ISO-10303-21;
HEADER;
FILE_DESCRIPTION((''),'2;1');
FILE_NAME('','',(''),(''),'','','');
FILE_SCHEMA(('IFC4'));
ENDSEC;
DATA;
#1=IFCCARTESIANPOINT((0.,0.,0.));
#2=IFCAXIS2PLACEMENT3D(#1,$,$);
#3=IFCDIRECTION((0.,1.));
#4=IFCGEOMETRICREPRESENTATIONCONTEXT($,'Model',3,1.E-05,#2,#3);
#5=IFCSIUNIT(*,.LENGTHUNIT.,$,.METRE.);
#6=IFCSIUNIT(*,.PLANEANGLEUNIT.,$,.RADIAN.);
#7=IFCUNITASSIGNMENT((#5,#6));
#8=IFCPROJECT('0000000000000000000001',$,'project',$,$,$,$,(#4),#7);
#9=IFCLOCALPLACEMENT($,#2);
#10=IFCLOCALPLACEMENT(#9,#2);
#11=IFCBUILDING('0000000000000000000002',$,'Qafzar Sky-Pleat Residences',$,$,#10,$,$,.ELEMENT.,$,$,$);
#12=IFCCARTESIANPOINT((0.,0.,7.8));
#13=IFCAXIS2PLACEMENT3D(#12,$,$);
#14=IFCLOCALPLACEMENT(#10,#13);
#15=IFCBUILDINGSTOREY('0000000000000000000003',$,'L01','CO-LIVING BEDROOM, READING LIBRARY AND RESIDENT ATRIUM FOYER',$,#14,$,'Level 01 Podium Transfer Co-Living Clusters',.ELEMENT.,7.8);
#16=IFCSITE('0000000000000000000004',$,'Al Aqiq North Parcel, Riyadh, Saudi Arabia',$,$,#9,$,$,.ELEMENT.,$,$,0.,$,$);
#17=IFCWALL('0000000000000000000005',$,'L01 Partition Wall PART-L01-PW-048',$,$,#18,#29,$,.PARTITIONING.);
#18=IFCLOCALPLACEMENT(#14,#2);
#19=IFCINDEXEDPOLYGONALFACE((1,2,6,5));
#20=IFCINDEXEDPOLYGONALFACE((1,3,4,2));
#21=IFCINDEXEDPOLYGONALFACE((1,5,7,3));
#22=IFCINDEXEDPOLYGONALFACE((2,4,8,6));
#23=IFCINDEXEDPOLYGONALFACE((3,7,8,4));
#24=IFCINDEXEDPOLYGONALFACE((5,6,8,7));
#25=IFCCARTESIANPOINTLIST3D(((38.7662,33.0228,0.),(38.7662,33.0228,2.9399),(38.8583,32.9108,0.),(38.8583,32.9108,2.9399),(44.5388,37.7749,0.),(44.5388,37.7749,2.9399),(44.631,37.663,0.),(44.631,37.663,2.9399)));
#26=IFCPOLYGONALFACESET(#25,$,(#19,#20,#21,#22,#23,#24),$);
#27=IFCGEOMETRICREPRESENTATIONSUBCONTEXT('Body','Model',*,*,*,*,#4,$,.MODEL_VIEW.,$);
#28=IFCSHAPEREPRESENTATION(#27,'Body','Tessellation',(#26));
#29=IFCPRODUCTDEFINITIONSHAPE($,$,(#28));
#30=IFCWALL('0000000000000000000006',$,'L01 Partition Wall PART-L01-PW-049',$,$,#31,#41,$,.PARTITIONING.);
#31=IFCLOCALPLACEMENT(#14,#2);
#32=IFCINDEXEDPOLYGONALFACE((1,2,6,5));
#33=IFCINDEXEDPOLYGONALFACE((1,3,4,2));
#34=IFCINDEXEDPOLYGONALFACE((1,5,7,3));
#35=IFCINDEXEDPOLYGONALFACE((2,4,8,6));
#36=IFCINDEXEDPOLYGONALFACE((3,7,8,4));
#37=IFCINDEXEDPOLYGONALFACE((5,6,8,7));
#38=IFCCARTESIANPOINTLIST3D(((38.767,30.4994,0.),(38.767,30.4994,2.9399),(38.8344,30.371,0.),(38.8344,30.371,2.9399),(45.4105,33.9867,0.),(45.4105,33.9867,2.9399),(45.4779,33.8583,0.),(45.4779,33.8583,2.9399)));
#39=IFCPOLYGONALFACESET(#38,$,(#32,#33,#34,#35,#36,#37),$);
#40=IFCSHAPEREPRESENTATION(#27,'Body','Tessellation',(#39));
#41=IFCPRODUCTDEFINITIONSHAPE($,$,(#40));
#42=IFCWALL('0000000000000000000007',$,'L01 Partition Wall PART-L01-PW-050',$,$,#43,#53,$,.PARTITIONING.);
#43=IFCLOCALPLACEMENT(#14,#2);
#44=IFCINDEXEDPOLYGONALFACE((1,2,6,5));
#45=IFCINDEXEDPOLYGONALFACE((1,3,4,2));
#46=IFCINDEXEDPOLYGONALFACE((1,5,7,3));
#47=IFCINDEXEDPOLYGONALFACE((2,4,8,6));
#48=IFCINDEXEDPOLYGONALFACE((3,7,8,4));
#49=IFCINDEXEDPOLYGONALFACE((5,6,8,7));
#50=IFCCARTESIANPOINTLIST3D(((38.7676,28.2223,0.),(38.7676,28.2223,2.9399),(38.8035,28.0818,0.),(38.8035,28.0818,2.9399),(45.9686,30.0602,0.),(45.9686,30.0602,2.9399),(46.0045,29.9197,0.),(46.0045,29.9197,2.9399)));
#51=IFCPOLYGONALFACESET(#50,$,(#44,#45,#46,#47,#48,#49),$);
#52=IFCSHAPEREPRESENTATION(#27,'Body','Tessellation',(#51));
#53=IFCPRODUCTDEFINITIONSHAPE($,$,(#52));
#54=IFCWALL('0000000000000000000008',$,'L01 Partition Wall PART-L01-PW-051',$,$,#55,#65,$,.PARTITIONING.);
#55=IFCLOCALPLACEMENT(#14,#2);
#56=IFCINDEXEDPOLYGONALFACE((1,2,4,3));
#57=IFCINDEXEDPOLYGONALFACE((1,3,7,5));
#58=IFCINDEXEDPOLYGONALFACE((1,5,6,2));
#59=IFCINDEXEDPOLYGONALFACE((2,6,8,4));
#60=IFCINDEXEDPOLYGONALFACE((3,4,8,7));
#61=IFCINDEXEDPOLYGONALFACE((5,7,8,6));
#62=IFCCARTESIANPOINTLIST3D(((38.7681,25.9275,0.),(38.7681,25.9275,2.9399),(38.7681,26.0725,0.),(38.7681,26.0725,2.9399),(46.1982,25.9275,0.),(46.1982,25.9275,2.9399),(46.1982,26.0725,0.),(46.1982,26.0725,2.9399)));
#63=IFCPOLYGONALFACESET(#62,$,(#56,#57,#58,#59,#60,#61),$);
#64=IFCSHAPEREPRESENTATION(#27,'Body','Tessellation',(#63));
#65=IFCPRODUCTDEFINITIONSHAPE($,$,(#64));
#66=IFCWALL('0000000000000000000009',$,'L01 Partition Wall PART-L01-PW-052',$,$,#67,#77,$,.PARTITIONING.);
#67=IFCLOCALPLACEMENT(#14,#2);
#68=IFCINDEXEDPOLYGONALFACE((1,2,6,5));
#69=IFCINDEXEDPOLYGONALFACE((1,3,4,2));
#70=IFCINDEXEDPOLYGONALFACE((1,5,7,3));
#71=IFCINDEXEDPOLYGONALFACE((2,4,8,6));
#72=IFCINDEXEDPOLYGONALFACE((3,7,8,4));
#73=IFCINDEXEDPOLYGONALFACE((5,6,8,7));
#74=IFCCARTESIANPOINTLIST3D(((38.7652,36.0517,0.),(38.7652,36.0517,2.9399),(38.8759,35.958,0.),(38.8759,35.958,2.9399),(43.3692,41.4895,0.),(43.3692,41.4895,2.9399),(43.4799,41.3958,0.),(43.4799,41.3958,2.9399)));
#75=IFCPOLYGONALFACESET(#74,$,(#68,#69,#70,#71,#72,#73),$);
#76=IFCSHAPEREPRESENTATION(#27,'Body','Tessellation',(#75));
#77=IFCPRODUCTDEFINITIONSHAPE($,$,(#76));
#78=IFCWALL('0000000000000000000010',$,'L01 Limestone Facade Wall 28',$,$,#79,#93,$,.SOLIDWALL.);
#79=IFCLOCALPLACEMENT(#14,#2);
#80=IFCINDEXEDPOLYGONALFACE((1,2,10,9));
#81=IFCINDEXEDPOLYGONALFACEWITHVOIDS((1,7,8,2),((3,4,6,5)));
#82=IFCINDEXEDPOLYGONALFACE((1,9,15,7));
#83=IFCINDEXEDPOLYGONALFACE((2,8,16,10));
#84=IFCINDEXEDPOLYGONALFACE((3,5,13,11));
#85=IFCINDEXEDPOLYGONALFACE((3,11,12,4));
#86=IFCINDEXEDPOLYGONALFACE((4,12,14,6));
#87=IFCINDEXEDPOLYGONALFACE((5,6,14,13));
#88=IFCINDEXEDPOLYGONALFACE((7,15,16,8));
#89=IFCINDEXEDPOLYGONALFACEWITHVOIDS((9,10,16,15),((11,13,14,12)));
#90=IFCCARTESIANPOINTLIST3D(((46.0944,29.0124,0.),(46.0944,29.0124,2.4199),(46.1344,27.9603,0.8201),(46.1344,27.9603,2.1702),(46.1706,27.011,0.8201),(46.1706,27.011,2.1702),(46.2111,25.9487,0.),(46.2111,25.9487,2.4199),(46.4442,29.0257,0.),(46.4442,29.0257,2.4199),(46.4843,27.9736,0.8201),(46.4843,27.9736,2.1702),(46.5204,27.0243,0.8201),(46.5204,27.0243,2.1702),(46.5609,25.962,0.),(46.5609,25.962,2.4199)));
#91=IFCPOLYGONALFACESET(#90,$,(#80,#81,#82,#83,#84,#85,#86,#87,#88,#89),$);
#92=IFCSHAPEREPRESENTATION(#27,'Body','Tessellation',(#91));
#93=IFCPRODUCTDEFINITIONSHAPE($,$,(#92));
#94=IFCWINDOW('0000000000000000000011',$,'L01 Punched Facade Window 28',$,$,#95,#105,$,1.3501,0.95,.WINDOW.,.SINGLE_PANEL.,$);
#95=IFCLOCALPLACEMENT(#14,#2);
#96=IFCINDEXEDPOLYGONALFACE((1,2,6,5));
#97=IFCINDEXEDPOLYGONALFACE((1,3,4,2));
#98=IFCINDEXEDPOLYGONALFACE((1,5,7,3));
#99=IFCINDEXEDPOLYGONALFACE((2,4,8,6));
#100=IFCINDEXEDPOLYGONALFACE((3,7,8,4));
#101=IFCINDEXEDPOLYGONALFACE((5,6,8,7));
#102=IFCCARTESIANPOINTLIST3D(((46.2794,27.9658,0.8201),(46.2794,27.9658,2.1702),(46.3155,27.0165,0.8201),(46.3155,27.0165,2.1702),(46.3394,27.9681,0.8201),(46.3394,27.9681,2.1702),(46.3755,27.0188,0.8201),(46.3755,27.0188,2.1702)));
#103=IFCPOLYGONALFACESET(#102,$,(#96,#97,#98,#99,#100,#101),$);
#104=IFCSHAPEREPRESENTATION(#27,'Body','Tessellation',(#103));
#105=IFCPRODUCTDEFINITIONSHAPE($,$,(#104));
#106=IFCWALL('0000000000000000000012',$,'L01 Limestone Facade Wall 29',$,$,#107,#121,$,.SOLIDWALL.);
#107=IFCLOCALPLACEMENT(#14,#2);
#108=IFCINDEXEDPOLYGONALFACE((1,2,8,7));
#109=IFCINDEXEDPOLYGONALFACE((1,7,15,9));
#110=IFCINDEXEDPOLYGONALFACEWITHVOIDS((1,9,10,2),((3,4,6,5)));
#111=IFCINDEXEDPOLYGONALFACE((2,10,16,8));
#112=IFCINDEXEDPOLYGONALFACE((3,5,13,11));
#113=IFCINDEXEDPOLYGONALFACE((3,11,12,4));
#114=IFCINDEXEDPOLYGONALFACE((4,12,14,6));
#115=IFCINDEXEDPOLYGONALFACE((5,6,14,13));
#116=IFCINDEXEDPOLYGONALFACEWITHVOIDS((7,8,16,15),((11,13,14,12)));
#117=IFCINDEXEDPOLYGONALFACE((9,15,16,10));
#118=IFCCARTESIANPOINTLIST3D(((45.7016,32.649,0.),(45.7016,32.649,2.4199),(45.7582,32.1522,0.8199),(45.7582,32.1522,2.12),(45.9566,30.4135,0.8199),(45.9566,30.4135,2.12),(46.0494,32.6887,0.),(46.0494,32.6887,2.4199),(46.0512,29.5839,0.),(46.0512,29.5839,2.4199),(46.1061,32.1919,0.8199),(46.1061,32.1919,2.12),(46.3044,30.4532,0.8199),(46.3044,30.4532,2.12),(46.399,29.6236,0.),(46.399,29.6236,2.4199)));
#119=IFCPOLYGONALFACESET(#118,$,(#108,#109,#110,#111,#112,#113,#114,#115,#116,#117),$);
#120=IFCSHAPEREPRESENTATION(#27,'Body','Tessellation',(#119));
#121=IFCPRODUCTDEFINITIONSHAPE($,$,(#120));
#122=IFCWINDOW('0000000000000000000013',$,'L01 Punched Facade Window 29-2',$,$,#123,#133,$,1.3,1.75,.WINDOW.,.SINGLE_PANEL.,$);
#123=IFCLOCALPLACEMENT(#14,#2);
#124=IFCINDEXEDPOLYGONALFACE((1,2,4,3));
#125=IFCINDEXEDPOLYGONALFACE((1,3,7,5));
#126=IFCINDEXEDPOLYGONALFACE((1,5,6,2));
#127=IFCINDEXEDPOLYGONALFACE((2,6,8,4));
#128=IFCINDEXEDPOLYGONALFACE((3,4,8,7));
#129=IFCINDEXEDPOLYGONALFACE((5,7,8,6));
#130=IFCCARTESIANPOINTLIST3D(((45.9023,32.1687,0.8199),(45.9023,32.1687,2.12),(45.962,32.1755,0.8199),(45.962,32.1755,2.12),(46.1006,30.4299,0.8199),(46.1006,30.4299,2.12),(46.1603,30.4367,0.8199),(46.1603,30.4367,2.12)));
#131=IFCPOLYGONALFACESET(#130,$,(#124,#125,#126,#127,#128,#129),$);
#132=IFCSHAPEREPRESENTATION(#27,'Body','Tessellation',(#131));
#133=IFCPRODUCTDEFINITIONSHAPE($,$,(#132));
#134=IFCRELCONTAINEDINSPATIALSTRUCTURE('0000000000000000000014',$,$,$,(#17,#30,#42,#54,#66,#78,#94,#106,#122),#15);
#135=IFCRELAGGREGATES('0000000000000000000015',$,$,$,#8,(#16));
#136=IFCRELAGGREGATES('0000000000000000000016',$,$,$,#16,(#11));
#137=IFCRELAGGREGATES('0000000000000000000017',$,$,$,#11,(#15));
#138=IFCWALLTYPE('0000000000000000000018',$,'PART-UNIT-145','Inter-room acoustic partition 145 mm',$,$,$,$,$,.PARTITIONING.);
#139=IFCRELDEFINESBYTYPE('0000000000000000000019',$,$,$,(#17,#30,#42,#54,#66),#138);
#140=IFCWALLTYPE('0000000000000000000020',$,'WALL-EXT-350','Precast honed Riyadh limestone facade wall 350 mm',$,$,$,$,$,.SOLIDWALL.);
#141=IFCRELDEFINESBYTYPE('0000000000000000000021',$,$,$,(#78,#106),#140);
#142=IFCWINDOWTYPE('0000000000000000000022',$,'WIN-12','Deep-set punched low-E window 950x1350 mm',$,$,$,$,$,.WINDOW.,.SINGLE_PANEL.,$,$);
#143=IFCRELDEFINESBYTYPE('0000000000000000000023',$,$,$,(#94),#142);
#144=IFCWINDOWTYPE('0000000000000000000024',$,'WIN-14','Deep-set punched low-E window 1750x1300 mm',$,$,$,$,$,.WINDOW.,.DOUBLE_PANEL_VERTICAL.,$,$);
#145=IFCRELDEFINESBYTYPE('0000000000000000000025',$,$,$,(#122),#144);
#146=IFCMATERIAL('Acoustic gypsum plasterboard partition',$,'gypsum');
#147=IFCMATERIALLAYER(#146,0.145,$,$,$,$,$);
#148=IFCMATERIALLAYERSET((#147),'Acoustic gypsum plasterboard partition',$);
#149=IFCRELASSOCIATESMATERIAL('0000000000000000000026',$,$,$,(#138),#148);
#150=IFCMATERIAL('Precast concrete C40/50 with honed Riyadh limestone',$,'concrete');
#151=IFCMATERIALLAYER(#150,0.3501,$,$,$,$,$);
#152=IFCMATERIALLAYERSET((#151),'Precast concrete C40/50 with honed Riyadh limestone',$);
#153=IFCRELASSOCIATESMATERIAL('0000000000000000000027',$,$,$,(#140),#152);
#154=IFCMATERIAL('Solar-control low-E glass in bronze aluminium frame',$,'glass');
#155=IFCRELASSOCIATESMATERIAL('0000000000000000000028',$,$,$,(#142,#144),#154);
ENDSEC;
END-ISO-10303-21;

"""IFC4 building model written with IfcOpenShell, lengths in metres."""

from ifc_helpers import new_model, si_unit, direction, frame, frame_2d, origin, place, context, subcontext, project, spatial, rectangle, extrude, source, transform, mapped, material, layer, layer_set, type_object, element, fill, save


model = new_model("IFC4")

# Units and contexts
model_context = context("Model", 3, precision=1e-05, world=origin(), true_north=direction((0.0, 1.0)))
body_context = subcontext(model_context, "Body", "Model", "MODEL_VIEW")
ifc_project = project(units=[si_unit("LENGTHUNIT", "METRE"), si_unit("PLANEANGLEUNIT", "RADIAN")], contexts=[model_context])

# Site, building, storey
site_placement = place(None, origin())
site = spatial("IfcSite", under=ifc_project, at=site_placement, Name="Al Aqiq North Parcel, Riyadh, Saudi Arabia", CompositionType="ELEMENT", RefElevation=0.0)
building_placement = place(site_placement, origin())
building = spatial("IfcBuilding", under=site, at=building_placement, Name="Qafzar Sky-Pleat Residences", CompositionType="ELEMENT")
storey_placement = place(building_placement, frame((0.0, 0.0, 7.8)))
storey = spatial("IfcBuildingStorey", under=building, at=storey_placement, Name="L01", Description="CO-LIVING BEDROOM, READING LIBRARY AND RESIDENT ATRIUM FOYER", LongName="Level 01 Podium Transfer Co-Living Clusters", CompositionType="ELEMENT", Elevation=7.8)

# Shared definitions
ifc_material_1 = material(Name="Acoustic gypsum plasterboard partition", Category="gypsum")

# Walls
ifc_layer_1 = layer(ifc_material_1, 0.145)
ifc_layer_set_1 = layer_set([ifc_layer_1], Name="Acoustic gypsum plasterboard partition")
wall_type_1 = type_object("IfcWallType", Name="PART-UNIT-145", Description="Inter-room acoustic partition 145 mm", PredefinedType="PARTITIONING", material=ifc_layer_set_1)
wall_1_placement = place(storey_placement, frame((38.8123, 32.9668, 0.0), z_axis=(0.0, 0.0, 1.0), x_axis=(0.772048, 0.635564, 0.0)))
element("IfcWall", 1, at=wall_1_placement, inside=storey, type_object=wall_type_1, Name="L01 Partition Wall PART-L01-PW-048", PredefinedType="PARTITIONING", context=body_context, shape_type="SweptSolid", body=[
    extrude(rectangle(XDim=7.4771, YDim=0.145, at=frame_2d((3.7385, 0.0))), origin(), (0.0, 0.0, 1.0), 2.9399),
])
wall_2_placement = place(storey_placement, frame((38.8008, 30.4353, 0.0), z_axis=(0.0, 0.0, 1.0), x_axis=(0.885429, 0.464775, 0.0)))
element("IfcWall", 2, at=wall_2_placement, inside=storey, type_object=wall_type_1, Name="L01 Partition Wall PART-L01-PW-049", PredefinedType="PARTITIONING", context=body_context, shape_type="SweptSolid", body=[
    extrude(rectangle(XDim=7.5032, YDim=0.145, at=frame_2d((3.7515, 0.0))), origin(), (0.0, 0.0, 1.0), 2.9399),
])
wall_3_placement = place(storey_placement, frame((38.7856, 28.1521, 0.0), z_axis=(0.0, 0.0, 1.0), x_axis=(0.96894, 0.247294, 0.0)))
element("IfcWall", 3, at=wall_3_placement, inside=storey, type_object=wall_type_1, Name="L01 Partition Wall PART-L01-PW-050", PredefinedType="PARTITIONING", context=body_context, shape_type="SweptSolid", body=[
    extrude(rectangle(XDim=7.4319, YDim=0.145, at=frame_2d((3.7158, 0.0))), origin(), (0.0, 0.0, 1.0), 2.9399),
])
wall_4_placement = place(storey_placement, frame((38.7681, 26.0, 0.0), z_axis=(0.0, 0.0, 1.0), x_axis=(1.0, 0.0, 0.0)))
element("IfcWall", 4, at=wall_4_placement, inside=storey, type_object=wall_type_1, Name="L01 Partition Wall PART-L01-PW-051", PredefinedType="PARTITIONING", context=body_context, shape_type="SweptSolid", body=[
    extrude(rectangle(XDim=7.4302, YDim=0.145, at=frame_2d((3.7151, 0.0))), origin(), (0.0, 0.0, 1.0), 2.9399),
])
wall_5_placement = place(storey_placement, frame((38.8206, 36.0049, 0.0), z_axis=(0.0, 0.0, 1.0), x_axis=(0.646174, 0.76319, 0.0)))
element("IfcWall", 5, at=wall_5_placement, inside=storey, type_object=wall_type_1, Name="L01 Partition Wall PART-L01-PW-052", PredefinedType="PARTITIONING", context=body_context, shape_type="SweptSolid", body=[
    extrude(rectangle(XDim=7.125, YDim=0.145, at=frame_2d((3.5625, 0.0))), origin(), (0.0, 0.0, 1.0), 2.9399),
])

# Walls, openings, windows
ifc_material_2 = material(Name="Precast concrete C40/50 with honed Riyadh limestone", Category="concrete")
ifc_layer_2 = layer(ifc_material_2, 0.3501)
ifc_layer_set_2 = layer_set([ifc_layer_2], Name="Precast concrete C40/50 with honed Riyadh limestone")
wall_type_2 = type_object("IfcWallType", Name="WALL-EXT-350", Description="Precast honed Riyadh limestone facade wall 350 mm", PredefinedType="SOLIDWALL", material=ifc_layer_set_2)
wall_6_placement = place(storey_placement, frame((46.386, 25.9553, 0.0), z_axis=(0.0, 0.0, 1.0), x_axis=(-0.038063, 0.999275, 0.0)))
wall_6 = element("IfcWall", 6, at=wall_6_placement, inside=storey, type_object=wall_type_2, Name="L01 Limestone Facade Wall 28", PredefinedType="SOLIDWALL", context=body_context, shape_type="SweptSolid", body=[
    extrude(rectangle(XDim=3.0659, YDim=0.3501, at=frame_2d((1.533, 0.0))), origin(), (0.0, 0.0, 1.0), 2.4199),
])
opening_1_placement = place(wall_6_placement, frame((1.063, 0.0, 0.8201)))
opening_1 = element("IfcOpeningElement", 7, at=opening_1_placement, cuts=wall_6, PredefinedType="OPENING", context=body_context, shape_type="SweptSolid", body=[
    extrude(rectangle(XDim=0.95, YDim=1.3501, at=frame_2d((0.4751, 0.675))), frame((0.0, 0.1851, 0.0), z_axis=(0.0, -1.0, 0.0), x_axis=(1.0, 0.0, 0.0)), (0.0, 0.0, 1.0), 0.3701),
])
ifc_material_3 = material(Name="Solar-control low-E glass in bronze aluminium frame", Category="glass")
window_type_1 = type_object("IfcWindowType", Name="WIN-12", Description="Deep-set punched low-E window 950x1350 mm", PartitioningType="SINGLE_PANEL", PredefinedType="WINDOW", material=ifc_material_3)
shared_shape_1 = source(origin(), body_context, "Body", "SweptSolid", [
    extrude(rectangle(XDim=0.95, YDim=1.3501, at=frame_2d((0.4751, 0.675))), frame((0.0, 0.03, 0.0), z_axis=(0.0, -1.0, 0.0), x_axis=(1.0, 0.0, 0.0)), (0.0, 0.0, 1.0), 0.0601),
])
window_1_placement = place(opening_1_placement, origin())
window_1 = element("IfcWindow", 8, at=window_1_placement, inside=storey, type_object=window_type_1, Name="L01 Punched Facade Window 28", OverallHeight=1.3501, OverallWidth=0.95, PartitioningType="SINGLE_PANEL", PredefinedType="WINDOW", context=body_context, shape_type="MappedRepresentation", body=[
    mapped(shared_shape_1, transform((0.0, 0.0, 0.0), x_axis=(1.0, 0.0, 0.0), y_axis=(0.0, 1.0, 0.0), z_axis=(0.0, 0.0, 1.0), scale=1.0)),
])
fill(opening_1, window_1)
wall_7_placement = place(storey_placement, frame((46.2251, 29.6038, 0.0), z_axis=(0.0, 0.0, 1.0), x_axis=(-0.113323, 0.993558, 0.0)))
wall_7 = element("IfcWall", 9, at=wall_7_placement, inside=storey, type_object=wall_type_2, Name="L01 Limestone Facade Wall 29", PredefinedType="SOLIDWALL", context=body_context, shape_type="SweptSolid", body=[
    extrude(rectangle(XDim=3.085, YDim=0.3501, at=frame_2d((1.5425, 0.0))), origin(), (0.0, 0.0, 1.0), 2.4199),
])
opening_2_placement = place(wall_7_placement, frame((0.835, 0.0, 0.8201)))
opening_2 = element("IfcOpeningElement", 10, at=opening_2_placement, cuts=wall_7, PredefinedType="OPENING", context=body_context, shape_type="SweptSolid", body=[
    extrude(rectangle(XDim=1.75, YDim=1.3, at=frame_2d((0.875, 0.6499))), frame((0.0, 0.1851, 0.0), z_axis=(0.0, -1.0, 0.0), x_axis=(1.0, 0.0, 0.0)), (0.0, 0.0, 1.0), 0.3701),
])
window_type_2 = type_object("IfcWindowType", Name="WIN-14", Description="Deep-set punched low-E window 1750x1300 mm", PartitioningType="DOUBLE_PANEL_VERTICAL", PredefinedType="WINDOW", material=ifc_material_3)
shared_shape_2 = source(origin(), body_context, "Body", "SweptSolid", [
    extrude(rectangle(XDim=1.75, YDim=1.3, at=frame_2d((0.875, 0.6499))), frame((0.0, 0.03, 0.0), z_axis=(0.0, -1.0, 0.0), x_axis=(1.0, 0.0, 0.0)), (0.0, 0.0, 1.0), 0.0601),
])
window_2_placement = place(opening_2_placement, origin())
window_2 = element("IfcWindow", 11, at=window_2_placement, inside=storey, type_object=window_type_2, Name="L01 Punched Facade Window 29-2", OverallHeight=1.3, OverallWidth=1.75, PartitioningType="SINGLE_PANEL", PredefinedType="WINDOW", context=body_context, shape_type="MappedRepresentation", body=[
    mapped(shared_shape_2, transform((0.0, 0.0, 0.0), x_axis=(1.0, 0.0, 0.0), y_axis=(0.0, 1.0, 0.0), z_axis=(0.0, 0.0, 1.0), scale=1.0)),
])
fill(opening_2, window_2)

save(model, "model.ifc")
